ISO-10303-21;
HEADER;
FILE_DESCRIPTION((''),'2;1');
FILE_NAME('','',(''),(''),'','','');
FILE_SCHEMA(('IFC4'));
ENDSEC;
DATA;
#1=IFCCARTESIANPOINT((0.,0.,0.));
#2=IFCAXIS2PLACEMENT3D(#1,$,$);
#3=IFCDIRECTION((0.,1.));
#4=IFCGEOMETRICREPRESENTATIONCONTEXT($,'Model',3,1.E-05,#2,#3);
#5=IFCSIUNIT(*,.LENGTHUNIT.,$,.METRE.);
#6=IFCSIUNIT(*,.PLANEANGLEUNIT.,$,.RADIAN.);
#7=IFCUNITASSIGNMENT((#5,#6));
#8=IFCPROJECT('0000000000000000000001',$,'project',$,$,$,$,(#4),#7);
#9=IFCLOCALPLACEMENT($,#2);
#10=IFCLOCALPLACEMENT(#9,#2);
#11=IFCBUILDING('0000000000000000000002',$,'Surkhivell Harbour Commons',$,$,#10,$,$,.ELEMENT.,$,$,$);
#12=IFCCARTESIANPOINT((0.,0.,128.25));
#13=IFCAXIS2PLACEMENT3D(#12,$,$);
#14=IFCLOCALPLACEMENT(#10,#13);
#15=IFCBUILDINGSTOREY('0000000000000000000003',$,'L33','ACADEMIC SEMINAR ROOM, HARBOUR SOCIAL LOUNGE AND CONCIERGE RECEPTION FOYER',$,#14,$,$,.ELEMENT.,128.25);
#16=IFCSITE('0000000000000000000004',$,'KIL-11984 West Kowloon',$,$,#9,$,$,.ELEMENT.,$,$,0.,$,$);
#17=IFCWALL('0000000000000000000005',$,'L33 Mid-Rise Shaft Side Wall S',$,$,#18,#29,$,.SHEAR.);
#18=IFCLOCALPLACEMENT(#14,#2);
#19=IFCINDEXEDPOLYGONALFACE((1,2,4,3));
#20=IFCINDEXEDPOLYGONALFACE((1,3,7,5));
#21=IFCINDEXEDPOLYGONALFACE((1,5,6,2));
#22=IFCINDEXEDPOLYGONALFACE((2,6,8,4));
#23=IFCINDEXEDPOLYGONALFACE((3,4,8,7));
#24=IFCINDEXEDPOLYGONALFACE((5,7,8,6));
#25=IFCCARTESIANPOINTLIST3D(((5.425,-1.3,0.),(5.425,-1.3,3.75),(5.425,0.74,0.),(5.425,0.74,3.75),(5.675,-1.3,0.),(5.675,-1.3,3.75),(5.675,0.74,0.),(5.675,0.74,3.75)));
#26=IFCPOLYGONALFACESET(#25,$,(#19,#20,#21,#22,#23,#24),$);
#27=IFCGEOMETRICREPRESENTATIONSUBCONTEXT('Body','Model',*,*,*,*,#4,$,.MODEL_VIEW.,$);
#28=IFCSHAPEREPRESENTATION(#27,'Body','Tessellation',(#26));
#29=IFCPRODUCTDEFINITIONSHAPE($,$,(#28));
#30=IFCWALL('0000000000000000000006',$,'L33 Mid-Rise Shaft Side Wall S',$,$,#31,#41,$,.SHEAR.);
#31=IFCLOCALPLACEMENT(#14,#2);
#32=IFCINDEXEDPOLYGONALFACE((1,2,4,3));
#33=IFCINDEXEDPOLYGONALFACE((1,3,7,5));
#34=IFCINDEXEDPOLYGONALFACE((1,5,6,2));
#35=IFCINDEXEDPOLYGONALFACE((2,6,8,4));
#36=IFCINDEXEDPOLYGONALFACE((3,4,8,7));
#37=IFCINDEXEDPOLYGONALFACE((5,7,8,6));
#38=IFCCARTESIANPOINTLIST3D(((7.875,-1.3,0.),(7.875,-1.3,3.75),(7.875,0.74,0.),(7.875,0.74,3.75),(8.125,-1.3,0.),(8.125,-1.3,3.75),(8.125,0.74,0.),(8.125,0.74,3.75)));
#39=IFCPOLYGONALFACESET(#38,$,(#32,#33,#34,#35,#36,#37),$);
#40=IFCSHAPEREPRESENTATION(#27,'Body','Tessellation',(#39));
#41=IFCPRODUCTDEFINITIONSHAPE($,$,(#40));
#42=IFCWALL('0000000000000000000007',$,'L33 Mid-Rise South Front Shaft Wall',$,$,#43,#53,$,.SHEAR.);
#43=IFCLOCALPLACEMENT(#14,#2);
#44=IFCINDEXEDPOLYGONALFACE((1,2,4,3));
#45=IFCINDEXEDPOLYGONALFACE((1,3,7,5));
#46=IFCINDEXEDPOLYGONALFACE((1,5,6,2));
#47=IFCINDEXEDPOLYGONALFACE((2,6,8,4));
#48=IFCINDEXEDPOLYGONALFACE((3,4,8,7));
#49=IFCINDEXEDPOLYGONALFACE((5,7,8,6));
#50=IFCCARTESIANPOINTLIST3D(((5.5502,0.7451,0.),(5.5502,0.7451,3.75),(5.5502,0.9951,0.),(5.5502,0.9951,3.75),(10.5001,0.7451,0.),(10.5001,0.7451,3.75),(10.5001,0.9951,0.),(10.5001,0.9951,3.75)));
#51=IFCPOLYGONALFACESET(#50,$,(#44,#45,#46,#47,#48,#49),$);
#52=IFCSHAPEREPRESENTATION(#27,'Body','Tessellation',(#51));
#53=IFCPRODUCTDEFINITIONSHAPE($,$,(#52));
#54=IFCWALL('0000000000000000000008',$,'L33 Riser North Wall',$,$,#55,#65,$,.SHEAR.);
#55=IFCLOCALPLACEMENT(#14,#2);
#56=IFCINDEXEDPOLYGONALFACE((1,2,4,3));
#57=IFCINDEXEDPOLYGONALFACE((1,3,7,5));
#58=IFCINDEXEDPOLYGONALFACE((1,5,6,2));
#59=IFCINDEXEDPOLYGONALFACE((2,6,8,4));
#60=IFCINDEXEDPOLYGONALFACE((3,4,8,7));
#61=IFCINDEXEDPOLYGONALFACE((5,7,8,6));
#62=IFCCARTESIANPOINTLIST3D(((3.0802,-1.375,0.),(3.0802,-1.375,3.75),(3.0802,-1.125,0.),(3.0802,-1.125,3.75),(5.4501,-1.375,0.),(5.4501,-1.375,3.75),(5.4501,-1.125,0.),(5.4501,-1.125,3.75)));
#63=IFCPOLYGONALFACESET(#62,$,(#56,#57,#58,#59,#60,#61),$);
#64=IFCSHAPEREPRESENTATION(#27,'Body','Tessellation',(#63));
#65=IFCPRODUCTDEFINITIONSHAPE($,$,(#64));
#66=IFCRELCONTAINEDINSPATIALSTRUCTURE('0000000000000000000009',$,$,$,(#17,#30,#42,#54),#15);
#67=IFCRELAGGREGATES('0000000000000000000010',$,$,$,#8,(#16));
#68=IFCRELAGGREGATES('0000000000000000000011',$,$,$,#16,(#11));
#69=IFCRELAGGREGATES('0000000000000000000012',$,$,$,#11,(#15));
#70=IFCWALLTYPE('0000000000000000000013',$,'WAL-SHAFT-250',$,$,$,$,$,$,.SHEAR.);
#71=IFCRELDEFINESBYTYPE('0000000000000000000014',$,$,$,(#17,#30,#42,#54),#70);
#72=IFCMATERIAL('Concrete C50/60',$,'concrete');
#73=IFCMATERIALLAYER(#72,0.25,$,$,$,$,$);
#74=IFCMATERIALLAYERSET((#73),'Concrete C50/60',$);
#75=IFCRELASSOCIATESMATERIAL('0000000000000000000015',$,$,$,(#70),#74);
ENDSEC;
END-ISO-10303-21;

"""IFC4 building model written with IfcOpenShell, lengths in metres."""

from ifc_helpers import new_model, si_unit, direction, frame, frame_2d, origin, place, context, subcontext, project, spatial, rectangle, extrude, material, layer, layer_set, type_object, element, save


model = new_model("IFC4")

# Units and contexts
model_context = context("Model", 3, precision=1e-05, world=origin(), true_north=direction((0.0, 1.0)))
body_context = subcontext(model_context, "Body", "Model", "MODEL_VIEW")
ifc_project = project(units=[si_unit("LENGTHUNIT", "METRE"), si_unit("PLANEANGLEUNIT", "RADIAN")], contexts=[model_context])

# Site, building, storey
site_placement = place(None, origin())
site = spatial("IfcSite", under=ifc_project, at=site_placement, Name="KIL-11984 West Kowloon", CompositionType="ELEMENT", RefElevation=0.0)
building_placement = place(site_placement, origin())
building = spatial("IfcBuilding", under=site, at=building_placement, Name="Surkhivell Harbour Commons", CompositionType="ELEMENT")
storey_placement = place(building_placement, frame((0.0, 0.0, 128.25)))
storey = spatial("IfcBuildingStorey", under=building, at=storey_placement, Name="L33", Description="ACADEMIC SEMINAR ROOM, HARBOUR SOCIAL LOUNGE AND CONCIERGE RECEPTION FOYER", CompositionType="ELEMENT", Elevation=128.25)

# Shared definitions
ifc_material_1 = material(Name="Concrete C50/60", Category="concrete")
ifc_layer_1 = layer(ifc_material_1, 0.25)
ifc_layer_set_1 = layer_set([ifc_layer_1], Name="Concrete C50/60")
wall_type_1 = type_object("IfcWallType", Name="WAL-SHAFT-250", PredefinedType="SHEAR", material=ifc_layer_set_1)

# Walls
for number, where, z_axis, x_axis, name in (
    (1, (5.55, -1.3, 0.0), (0.0, 0.0, 1.0), (0.0, 1.0, 0.0), "L33 Mid-Rise Shaft Side Wall S"),
    (2, (8.0, -1.3, 0.0), (0.0, 0.0, 1.0), (0.0, 1.0, 0.0), "L33 Mid-Rise Shaft Side Wall S"),
):
    element("IfcWall", number, at=place(storey_placement, frame(where, z_axis=z_axis, x_axis=x_axis)), inside=storey, type_object=wall_type_1, Name=name, PredefinedType="SHEAR", context=body_context, shape_type="SweptSolid", body=[
        extrude(rectangle(XDim=2.04, YDim=0.25, at=frame_2d((1.02, 0.0))), origin(), (0.0, 0.0, 1.0), 3.75),
    ])
wall_1_placement = place(storey_placement, frame((5.55, 0.8701, 0.0), z_axis=(0.0, 0.0, 1.0), x_axis=(1.0, 0.0, 0.0)))
element("IfcWall", 3, at=wall_1_placement, inside=storey, type_object=wall_type_1, Name="L33 Mid-Rise South Front Shaft Wall", PredefinedType="SHEAR", context=body_context, shape_type="SweptSolid", body=[
    extrude(rectangle(XDim=4.95, YDim=0.25, at=frame_2d((2.4751, 0.0))), origin(), (0.0, 0.0, 1.0), 3.75),
])
wall_2_placement = place(storey_placement, frame((3.0801, -1.25, 0.0), z_axis=(0.0, 0.0, 1.0), x_axis=(1.0, 0.0, 0.0)))
element("IfcWall", 4, at=wall_2_placement, inside=storey, type_object=wall_type_1, Name="L33 Riser North Wall", PredefinedType="SHEAR", context=body_context, shape_type="SweptSolid", body=[
    extrude(rectangle(XDim=2.3699, YDim=0.25, at=frame_2d((1.1851, 0.0))), origin(), (0.0, 0.0, 1.0), 3.75),
])

save(model, "model.ifc")
